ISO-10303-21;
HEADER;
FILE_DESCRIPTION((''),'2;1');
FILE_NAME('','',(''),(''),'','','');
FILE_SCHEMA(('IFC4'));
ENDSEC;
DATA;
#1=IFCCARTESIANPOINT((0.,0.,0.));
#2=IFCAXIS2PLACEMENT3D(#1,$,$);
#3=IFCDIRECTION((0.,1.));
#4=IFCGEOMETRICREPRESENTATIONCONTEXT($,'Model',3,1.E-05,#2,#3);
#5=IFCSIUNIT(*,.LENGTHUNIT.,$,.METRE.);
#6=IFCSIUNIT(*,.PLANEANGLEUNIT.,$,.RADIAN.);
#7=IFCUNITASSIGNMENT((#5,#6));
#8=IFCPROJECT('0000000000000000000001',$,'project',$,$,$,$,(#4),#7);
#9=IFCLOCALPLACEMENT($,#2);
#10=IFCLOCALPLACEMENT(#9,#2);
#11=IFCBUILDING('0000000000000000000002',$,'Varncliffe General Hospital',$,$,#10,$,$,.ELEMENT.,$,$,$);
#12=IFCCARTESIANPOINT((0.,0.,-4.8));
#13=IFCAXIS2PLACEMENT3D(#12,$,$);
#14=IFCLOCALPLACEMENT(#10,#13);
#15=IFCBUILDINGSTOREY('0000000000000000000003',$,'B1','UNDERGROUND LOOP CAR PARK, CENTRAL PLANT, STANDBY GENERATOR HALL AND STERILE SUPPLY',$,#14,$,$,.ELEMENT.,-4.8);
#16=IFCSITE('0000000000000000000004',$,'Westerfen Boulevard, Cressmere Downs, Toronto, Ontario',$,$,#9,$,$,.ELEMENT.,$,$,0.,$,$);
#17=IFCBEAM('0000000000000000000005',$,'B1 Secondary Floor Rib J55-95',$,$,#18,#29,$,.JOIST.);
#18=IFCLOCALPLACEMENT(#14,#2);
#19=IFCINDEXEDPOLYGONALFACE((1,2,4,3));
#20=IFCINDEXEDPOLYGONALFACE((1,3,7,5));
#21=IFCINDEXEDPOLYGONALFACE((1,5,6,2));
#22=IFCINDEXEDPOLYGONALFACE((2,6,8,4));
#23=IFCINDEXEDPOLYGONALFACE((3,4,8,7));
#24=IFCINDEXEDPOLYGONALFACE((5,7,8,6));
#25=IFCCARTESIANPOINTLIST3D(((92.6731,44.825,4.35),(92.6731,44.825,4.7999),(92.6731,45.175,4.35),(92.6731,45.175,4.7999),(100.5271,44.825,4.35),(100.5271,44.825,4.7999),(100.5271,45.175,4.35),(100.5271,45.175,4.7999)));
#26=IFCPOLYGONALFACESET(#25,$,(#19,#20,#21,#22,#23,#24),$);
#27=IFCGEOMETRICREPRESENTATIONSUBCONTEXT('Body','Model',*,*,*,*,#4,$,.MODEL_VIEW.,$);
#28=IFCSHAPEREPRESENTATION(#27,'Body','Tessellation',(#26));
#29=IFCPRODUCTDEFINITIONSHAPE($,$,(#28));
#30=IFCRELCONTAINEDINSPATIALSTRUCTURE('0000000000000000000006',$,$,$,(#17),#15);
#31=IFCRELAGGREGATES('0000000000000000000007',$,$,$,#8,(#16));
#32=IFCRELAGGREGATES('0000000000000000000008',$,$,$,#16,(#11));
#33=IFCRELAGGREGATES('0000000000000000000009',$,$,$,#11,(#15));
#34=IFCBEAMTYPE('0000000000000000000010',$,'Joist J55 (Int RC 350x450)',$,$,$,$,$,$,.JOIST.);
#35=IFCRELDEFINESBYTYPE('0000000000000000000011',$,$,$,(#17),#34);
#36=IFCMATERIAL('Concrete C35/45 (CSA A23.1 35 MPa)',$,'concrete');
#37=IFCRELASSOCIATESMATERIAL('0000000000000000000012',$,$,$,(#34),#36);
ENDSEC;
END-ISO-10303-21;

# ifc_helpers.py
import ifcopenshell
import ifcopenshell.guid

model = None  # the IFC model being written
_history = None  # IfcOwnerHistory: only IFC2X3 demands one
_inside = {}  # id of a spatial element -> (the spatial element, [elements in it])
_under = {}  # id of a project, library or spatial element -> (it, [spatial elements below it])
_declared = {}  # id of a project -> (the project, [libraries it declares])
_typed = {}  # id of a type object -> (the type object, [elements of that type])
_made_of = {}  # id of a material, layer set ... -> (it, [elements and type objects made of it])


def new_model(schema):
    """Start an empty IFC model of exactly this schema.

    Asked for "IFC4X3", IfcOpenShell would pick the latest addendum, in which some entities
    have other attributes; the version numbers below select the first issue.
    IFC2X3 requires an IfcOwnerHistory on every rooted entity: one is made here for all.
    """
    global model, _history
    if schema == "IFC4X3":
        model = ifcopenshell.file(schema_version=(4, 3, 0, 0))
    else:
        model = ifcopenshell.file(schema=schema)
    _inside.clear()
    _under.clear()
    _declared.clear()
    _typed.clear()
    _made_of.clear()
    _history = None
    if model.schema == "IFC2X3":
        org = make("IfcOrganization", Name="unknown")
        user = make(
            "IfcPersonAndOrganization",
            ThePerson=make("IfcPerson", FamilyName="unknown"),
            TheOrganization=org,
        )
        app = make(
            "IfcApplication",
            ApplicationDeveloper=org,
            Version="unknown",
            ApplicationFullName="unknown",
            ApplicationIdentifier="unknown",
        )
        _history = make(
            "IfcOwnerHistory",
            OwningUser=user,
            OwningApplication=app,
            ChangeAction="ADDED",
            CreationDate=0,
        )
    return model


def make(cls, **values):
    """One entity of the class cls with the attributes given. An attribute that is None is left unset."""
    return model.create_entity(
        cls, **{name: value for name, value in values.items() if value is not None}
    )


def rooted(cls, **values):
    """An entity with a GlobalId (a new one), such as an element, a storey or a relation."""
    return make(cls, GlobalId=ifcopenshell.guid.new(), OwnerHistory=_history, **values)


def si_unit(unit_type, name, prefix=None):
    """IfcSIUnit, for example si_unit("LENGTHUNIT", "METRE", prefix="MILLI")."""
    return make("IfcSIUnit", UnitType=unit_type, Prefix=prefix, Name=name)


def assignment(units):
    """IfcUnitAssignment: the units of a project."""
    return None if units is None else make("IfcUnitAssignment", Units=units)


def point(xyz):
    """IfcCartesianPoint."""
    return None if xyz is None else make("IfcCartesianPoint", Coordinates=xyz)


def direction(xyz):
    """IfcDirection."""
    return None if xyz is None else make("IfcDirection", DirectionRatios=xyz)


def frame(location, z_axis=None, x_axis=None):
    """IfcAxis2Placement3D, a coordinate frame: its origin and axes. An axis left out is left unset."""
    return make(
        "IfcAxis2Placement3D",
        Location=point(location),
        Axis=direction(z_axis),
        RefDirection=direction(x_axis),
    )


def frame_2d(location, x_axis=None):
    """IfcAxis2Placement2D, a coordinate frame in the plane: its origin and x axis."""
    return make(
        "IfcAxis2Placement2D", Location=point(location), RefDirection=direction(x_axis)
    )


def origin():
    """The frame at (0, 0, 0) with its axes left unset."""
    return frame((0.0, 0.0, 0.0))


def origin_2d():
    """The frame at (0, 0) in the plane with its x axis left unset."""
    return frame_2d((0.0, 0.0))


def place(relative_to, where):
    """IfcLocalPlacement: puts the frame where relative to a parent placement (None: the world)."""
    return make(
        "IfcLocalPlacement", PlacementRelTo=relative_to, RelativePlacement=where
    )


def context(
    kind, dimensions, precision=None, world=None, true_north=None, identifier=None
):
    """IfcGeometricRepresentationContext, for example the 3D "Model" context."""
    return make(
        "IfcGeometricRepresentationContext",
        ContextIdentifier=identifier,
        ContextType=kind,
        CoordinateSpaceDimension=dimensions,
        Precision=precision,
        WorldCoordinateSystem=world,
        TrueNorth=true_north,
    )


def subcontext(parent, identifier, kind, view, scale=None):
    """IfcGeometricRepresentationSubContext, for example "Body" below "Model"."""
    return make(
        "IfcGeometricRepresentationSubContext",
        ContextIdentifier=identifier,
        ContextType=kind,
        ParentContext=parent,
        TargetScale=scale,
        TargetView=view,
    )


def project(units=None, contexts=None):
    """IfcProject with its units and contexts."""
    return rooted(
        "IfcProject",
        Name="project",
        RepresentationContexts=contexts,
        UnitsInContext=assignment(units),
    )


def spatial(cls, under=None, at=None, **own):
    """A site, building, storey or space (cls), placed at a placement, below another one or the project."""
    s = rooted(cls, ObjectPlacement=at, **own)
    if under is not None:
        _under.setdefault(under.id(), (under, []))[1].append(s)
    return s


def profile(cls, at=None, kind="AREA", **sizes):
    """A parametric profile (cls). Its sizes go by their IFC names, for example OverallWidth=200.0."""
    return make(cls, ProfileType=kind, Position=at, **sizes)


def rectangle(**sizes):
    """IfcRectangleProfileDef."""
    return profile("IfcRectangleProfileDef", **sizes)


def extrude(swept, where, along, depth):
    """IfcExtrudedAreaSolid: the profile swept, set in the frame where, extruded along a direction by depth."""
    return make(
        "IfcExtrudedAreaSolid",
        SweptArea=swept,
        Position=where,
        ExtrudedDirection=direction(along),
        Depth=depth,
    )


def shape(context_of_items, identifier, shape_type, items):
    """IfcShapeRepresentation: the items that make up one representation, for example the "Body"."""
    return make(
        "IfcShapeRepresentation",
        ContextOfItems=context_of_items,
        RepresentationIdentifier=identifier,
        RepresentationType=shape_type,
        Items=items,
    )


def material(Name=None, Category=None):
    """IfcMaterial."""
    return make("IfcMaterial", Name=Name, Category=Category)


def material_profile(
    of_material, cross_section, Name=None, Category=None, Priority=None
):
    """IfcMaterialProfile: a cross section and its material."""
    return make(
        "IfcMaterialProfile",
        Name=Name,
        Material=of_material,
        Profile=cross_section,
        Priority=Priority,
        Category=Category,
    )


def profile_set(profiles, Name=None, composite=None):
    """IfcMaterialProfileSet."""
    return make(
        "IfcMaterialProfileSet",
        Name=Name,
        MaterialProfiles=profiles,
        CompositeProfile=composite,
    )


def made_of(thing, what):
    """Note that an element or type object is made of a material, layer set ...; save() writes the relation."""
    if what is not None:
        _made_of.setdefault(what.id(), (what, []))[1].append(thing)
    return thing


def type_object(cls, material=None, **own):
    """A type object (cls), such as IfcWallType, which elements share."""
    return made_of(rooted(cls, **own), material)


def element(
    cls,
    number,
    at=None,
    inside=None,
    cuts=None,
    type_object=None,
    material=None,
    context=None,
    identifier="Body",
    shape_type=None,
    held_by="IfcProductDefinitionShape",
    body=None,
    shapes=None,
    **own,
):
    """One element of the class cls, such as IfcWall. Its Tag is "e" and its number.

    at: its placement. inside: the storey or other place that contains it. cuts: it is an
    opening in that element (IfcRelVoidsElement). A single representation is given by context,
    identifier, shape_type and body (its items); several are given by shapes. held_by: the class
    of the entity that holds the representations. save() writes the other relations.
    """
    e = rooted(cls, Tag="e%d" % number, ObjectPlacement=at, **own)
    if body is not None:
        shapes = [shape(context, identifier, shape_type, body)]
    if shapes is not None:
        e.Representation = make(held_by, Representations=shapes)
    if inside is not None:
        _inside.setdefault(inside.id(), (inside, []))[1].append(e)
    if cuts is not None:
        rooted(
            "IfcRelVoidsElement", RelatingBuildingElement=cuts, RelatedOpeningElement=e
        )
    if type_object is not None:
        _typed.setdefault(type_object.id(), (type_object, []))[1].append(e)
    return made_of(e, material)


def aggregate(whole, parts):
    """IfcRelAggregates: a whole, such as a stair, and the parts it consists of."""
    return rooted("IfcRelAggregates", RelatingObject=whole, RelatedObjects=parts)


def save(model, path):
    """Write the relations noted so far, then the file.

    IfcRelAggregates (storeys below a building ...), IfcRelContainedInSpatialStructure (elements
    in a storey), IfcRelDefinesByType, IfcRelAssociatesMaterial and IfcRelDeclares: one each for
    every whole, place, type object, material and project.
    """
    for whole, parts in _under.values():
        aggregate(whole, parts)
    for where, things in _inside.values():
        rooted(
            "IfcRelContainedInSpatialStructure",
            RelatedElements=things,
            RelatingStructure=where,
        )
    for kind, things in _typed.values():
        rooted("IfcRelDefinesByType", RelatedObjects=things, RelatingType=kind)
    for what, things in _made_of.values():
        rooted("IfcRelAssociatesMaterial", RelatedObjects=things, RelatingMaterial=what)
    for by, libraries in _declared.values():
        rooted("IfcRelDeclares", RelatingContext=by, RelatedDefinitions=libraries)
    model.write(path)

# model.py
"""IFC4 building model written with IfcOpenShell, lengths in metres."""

from ifc_helpers import new_model, si_unit, direction, frame, origin, origin_2d, place, context, subcontext, project, spatial, rectangle, extrude, material, material_profile, profile_set, type_object, element, save


model = new_model("IFC4")

# Units and contexts
model_context = context("Model", 3, precision=1e-05, world=origin(), true_north=direction((0.0, 1.0)))
body_context = subcontext(model_context, "Body", "Model", "MODEL_VIEW")
ifc_project = project(units=[si_unit("LENGTHUNIT", "METRE"), si_unit("PLANEANGLEUNIT", "RADIAN")], contexts=[model_context])

# Site, building, storey
site_placement = place(None, origin())
site = spatial("IfcSite", under=ifc_project, at=site_placement, Name="Westerfen Boulevard, Cressmere Downs, Toronto, Ontario", CompositionType="ELEMENT", RefElevation=0.0)
building_placement = place(site_placement, origin())
building = spatial("IfcBuilding", under=site, at=building_placement, Name="Varncliffe General Hospital", CompositionType="ELEMENT")
storey_placement = place(building_placement, frame((0.0, 0.0, -4.8)))
storey = spatial("IfcBuildingStorey", under=building, at=storey_placement, Name="B1", Description="UNDERGROUND LOOP CAR PARK, CENTRAL PLANT, STANDBY GENERATOR HALL AND STERILE SUPPLY", CompositionType="ELEMENT", Elevation=-4.8)

# Beam
ifc_material_1 = material(Name="Concrete C35/45 (CSA A23.1 35 MPa)", Category="concrete")
ifc_material_profile_1 = material_profile(ifc_material_1, rectangle(XDim=0.3501, YDim=0.45, at=origin_2d()), Name="RC 350x450")
ifc_profile_set_1 = profile_set([ifc_material_profile_1], Name="Concrete C35/45 (CSA A23.1 35 MPa)")
beam_type_1 = type_object("IfcBeamType", Name="Joist J55 (Int RC 350x450)", PredefinedType="JOIST", material=ifc_profile_set_1)
for number, where, z_axis, x_axis, name in (
    (1, (92.6731, 45.0, 4.575), (1.0, 0.0, 0.0), (0.0, 1.0, 0.0), "B1 Secondary Floor Rib J55-95"),
):
    element("IfcBeam", number, at=place(storey_placement, frame(where, z_axis=z_axis, x_axis=x_axis)), inside=storey, type_object=beam_type_1, Name=name, PredefinedType="JOIST", context=body_context, shape_type="SweptSolid", body=[
        extrude(rectangle(XDim=0.3501, YDim=0.45, at=origin_2d()), origin(), (0.0, 0.0, 1.0), 7.854),
    ])

save(model, "model.ifc")
